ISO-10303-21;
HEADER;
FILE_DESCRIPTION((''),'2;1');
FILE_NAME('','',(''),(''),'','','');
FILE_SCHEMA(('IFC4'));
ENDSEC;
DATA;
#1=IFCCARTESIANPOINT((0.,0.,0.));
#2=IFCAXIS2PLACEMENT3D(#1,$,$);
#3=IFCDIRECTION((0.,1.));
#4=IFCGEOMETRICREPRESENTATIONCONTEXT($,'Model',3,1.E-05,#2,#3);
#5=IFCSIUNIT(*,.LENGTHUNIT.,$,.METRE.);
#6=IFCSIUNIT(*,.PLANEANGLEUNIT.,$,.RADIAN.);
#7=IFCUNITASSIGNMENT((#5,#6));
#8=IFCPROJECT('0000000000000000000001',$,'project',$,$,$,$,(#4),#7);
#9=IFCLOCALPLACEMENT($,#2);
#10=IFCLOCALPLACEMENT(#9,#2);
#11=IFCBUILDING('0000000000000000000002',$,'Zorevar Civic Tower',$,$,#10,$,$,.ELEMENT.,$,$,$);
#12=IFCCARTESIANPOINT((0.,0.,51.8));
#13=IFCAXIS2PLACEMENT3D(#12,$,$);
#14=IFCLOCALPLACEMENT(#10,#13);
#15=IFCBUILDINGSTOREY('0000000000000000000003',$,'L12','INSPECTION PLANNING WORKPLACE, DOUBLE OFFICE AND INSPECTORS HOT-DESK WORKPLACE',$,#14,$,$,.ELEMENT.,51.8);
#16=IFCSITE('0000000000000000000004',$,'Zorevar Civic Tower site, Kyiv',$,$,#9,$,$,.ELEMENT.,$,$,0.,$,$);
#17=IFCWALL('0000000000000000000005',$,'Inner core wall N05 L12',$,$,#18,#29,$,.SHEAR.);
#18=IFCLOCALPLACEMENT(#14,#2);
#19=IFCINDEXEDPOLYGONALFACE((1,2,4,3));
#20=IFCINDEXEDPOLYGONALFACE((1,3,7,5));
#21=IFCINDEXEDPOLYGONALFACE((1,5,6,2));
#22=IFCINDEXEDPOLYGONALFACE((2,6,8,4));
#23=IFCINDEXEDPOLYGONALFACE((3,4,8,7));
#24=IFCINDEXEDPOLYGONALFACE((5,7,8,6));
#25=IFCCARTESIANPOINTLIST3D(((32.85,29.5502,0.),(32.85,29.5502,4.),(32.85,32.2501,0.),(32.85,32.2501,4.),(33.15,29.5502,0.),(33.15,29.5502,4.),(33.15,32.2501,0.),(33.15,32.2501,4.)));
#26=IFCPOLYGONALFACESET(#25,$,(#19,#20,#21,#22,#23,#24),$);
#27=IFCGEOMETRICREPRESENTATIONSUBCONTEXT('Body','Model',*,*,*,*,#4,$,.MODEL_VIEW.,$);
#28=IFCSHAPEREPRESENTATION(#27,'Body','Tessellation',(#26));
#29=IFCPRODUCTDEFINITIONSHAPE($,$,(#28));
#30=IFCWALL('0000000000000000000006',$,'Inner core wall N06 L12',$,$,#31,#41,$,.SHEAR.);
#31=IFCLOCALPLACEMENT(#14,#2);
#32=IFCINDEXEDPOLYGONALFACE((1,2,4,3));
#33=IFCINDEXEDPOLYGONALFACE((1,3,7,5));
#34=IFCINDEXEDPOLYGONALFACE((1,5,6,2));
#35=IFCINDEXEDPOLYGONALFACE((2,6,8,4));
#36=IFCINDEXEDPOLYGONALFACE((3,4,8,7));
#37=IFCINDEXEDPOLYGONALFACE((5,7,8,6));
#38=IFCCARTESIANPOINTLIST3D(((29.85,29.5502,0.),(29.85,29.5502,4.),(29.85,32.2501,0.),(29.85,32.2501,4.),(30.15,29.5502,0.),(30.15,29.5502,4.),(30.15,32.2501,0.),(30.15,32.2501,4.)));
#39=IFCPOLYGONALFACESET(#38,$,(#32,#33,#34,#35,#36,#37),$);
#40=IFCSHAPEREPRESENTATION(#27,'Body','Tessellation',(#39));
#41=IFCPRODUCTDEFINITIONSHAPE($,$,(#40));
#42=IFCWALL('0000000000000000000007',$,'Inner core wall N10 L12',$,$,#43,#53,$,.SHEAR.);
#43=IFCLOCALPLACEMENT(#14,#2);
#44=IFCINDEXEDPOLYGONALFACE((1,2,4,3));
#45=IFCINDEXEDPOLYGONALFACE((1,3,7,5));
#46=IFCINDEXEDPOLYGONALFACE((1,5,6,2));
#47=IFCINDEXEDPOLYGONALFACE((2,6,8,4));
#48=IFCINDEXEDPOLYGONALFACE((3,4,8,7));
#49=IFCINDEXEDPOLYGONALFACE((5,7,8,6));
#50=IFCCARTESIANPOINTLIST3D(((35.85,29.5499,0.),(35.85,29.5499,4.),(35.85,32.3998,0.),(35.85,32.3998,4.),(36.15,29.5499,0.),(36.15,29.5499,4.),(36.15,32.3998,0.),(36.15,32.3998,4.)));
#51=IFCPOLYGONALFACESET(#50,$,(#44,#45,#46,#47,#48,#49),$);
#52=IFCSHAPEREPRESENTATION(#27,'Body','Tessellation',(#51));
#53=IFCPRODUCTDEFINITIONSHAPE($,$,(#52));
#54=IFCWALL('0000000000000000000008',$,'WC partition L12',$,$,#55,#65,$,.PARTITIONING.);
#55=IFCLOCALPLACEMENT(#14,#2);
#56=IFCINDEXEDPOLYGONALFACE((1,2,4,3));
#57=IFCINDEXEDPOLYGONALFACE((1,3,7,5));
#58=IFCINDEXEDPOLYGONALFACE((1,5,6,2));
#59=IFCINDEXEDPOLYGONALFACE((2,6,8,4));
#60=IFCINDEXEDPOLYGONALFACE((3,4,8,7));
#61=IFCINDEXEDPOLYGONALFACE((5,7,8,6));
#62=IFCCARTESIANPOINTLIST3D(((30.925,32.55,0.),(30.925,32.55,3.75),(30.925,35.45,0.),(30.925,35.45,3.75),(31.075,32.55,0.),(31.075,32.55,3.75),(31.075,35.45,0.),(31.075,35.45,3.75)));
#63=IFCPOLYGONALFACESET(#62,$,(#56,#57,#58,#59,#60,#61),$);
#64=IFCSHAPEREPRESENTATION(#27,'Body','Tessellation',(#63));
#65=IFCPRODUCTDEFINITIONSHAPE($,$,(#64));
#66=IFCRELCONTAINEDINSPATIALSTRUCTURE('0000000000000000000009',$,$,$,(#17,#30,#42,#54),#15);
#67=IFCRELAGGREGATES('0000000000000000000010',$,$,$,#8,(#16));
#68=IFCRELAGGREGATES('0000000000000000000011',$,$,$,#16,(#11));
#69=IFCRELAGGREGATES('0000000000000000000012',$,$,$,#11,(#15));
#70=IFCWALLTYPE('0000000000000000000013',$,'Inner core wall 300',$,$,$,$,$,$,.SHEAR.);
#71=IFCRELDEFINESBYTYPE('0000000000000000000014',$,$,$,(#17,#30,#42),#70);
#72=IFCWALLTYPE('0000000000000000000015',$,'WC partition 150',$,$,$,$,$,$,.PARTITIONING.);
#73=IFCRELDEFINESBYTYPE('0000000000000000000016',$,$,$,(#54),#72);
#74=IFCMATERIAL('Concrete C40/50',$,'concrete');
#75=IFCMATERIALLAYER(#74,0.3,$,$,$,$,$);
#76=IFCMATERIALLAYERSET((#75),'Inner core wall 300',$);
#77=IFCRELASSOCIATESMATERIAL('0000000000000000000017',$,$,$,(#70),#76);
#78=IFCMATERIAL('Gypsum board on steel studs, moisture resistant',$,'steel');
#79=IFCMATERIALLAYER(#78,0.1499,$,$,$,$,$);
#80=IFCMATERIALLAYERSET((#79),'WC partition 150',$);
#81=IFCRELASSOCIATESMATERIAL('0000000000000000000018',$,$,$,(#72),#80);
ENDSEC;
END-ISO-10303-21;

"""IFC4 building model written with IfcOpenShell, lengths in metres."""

from ifc_helpers import new_model, si_unit, direction, frame, frame_2d, origin, place, context, subcontext, project, spatial, rectangle, extrude, material, layer, layer_set, type_object, element, save


model = new_model("IFC4")

# Units and contexts
model_context = context("Model", 3, precision=1e-05, world=origin(), true_north=direction((0.0, 1.0)))
body_context = subcontext(model_context, "Body", "Model", "MODEL_VIEW")
ifc_project = project(units=[si_unit("LENGTHUNIT", "METRE"), si_unit("PLANEANGLEUNIT", "RADIAN")], contexts=[model_context])

# Site, building, storey
site_placement = place(None, origin())
site = spatial("IfcSite", under=ifc_project, at=site_placement, Name="Zorevar Civic Tower site, Kyiv", CompositionType="ELEMENT", RefElevation=0.0)
building_placement = place(site_placement, origin())
building = spatial("IfcBuilding", under=site, at=building_placement, Name="Zorevar Civic Tower", CompositionType="ELEMENT")
storey_placement = place(building_placement, frame((0.0, 0.0, 51.8)))
storey = spatial("IfcBuildingStorey", under=building, at=storey_placement, Name="L12", Description="INSPECTION PLANNING WORKPLACE, DOUBLE OFFICE AND INSPECTORS HOT-DESK WORKPLACE", CompositionType="ELEMENT", Elevation=51.8)

# Shared definitions
ifc_material_1 = material(Name="Concrete C40/50", Category="concrete")
ifc_layer_1 = layer(ifc_material_1, 0.3)
ifc_layer_set_1 = layer_set([ifc_layer_1], Name="Inner core wall 300")
wall_type_1 = type_object("IfcWallType", Name="Inner core wall 300", PredefinedType="SHEAR", material=ifc_layer_set_1)

# Walls
for number, where, z_axis, x_axis, name in (
    (1, (33.0, 29.55, 0.0), (0.0, 0.0, 1.0), (0.0, 1.0, 0.0), "Inner core wall N05 L12"),
    (2, (30.0, 29.55, 0.0), (0.0, 0.0, 1.0), (0.0, 1.0, 0.0), "Inner core wall N06 L12"),
):
    element("IfcWall", number, at=place(storey_placement, frame(where, z_axis=z_axis, x_axis=x_axis)), inside=storey, type_object=wall_type_1, Name=name, PredefinedType="SHEAR", context=body_context, shape_type="SweptSolid", body=[
        extrude(rectangle(XDim=2.7, YDim=0.3, at=frame_2d((1.3501, 0.0))), origin(), (0.0, 0.0, 1.0), 4.0),
    ])
wall_1_placement = place(storey_placement, frame((36.0, 29.55, 0.0), z_axis=(0.0, 0.0, 1.0), x_axis=(0.0, 1.0, 0.0)))
element("IfcWall", 3, at=wall_1_placement, inside=storey, type_object=wall_type_1, Name="Inner core wall N10 L12", PredefinedType="SHEAR", context=body_context, shape_type="SweptSolid", body=[
    extrude(rectangle(XDim=2.8499, YDim=0.3, at=frame_2d((1.4248, 0.0))), origin(), (0.0, 0.0, 1.0), 4.0),
])
ifc_material_2 = material(Name="Gypsum board on steel studs, moisture resistant", Category="steel")
ifc_layer_2 = layer(ifc_material_2, 0.1499)
ifc_layer_set_2 = layer_set([ifc_layer_2], Name="WC partition 150")
wall_type_2 = type_object("IfcWallType", Name="WC partition 150", PredefinedType="PARTITIONING", material=ifc_layer_set_2)
wall_2_placement = place(storey_placement, frame((31.0, 32.55, 0.0), z_axis=(0.0, 0.0, 1.0), x_axis=(0.0, 1.0, 0.0)))
element("IfcWall", 4, at=wall_2_placement, inside=storey, type_object=wall_type_2, Name="WC partition L12", PredefinedType="PARTITIONING", context=body_context, shape_type="SweptSolid", body=[
    extrude(rectangle(XDim=2.8999, YDim=0.1499, at=frame_2d((1.45, 0.0))), origin(), (0.0, 0.0, 1.0), 3.75),
])

save(model, "model.ifc")
